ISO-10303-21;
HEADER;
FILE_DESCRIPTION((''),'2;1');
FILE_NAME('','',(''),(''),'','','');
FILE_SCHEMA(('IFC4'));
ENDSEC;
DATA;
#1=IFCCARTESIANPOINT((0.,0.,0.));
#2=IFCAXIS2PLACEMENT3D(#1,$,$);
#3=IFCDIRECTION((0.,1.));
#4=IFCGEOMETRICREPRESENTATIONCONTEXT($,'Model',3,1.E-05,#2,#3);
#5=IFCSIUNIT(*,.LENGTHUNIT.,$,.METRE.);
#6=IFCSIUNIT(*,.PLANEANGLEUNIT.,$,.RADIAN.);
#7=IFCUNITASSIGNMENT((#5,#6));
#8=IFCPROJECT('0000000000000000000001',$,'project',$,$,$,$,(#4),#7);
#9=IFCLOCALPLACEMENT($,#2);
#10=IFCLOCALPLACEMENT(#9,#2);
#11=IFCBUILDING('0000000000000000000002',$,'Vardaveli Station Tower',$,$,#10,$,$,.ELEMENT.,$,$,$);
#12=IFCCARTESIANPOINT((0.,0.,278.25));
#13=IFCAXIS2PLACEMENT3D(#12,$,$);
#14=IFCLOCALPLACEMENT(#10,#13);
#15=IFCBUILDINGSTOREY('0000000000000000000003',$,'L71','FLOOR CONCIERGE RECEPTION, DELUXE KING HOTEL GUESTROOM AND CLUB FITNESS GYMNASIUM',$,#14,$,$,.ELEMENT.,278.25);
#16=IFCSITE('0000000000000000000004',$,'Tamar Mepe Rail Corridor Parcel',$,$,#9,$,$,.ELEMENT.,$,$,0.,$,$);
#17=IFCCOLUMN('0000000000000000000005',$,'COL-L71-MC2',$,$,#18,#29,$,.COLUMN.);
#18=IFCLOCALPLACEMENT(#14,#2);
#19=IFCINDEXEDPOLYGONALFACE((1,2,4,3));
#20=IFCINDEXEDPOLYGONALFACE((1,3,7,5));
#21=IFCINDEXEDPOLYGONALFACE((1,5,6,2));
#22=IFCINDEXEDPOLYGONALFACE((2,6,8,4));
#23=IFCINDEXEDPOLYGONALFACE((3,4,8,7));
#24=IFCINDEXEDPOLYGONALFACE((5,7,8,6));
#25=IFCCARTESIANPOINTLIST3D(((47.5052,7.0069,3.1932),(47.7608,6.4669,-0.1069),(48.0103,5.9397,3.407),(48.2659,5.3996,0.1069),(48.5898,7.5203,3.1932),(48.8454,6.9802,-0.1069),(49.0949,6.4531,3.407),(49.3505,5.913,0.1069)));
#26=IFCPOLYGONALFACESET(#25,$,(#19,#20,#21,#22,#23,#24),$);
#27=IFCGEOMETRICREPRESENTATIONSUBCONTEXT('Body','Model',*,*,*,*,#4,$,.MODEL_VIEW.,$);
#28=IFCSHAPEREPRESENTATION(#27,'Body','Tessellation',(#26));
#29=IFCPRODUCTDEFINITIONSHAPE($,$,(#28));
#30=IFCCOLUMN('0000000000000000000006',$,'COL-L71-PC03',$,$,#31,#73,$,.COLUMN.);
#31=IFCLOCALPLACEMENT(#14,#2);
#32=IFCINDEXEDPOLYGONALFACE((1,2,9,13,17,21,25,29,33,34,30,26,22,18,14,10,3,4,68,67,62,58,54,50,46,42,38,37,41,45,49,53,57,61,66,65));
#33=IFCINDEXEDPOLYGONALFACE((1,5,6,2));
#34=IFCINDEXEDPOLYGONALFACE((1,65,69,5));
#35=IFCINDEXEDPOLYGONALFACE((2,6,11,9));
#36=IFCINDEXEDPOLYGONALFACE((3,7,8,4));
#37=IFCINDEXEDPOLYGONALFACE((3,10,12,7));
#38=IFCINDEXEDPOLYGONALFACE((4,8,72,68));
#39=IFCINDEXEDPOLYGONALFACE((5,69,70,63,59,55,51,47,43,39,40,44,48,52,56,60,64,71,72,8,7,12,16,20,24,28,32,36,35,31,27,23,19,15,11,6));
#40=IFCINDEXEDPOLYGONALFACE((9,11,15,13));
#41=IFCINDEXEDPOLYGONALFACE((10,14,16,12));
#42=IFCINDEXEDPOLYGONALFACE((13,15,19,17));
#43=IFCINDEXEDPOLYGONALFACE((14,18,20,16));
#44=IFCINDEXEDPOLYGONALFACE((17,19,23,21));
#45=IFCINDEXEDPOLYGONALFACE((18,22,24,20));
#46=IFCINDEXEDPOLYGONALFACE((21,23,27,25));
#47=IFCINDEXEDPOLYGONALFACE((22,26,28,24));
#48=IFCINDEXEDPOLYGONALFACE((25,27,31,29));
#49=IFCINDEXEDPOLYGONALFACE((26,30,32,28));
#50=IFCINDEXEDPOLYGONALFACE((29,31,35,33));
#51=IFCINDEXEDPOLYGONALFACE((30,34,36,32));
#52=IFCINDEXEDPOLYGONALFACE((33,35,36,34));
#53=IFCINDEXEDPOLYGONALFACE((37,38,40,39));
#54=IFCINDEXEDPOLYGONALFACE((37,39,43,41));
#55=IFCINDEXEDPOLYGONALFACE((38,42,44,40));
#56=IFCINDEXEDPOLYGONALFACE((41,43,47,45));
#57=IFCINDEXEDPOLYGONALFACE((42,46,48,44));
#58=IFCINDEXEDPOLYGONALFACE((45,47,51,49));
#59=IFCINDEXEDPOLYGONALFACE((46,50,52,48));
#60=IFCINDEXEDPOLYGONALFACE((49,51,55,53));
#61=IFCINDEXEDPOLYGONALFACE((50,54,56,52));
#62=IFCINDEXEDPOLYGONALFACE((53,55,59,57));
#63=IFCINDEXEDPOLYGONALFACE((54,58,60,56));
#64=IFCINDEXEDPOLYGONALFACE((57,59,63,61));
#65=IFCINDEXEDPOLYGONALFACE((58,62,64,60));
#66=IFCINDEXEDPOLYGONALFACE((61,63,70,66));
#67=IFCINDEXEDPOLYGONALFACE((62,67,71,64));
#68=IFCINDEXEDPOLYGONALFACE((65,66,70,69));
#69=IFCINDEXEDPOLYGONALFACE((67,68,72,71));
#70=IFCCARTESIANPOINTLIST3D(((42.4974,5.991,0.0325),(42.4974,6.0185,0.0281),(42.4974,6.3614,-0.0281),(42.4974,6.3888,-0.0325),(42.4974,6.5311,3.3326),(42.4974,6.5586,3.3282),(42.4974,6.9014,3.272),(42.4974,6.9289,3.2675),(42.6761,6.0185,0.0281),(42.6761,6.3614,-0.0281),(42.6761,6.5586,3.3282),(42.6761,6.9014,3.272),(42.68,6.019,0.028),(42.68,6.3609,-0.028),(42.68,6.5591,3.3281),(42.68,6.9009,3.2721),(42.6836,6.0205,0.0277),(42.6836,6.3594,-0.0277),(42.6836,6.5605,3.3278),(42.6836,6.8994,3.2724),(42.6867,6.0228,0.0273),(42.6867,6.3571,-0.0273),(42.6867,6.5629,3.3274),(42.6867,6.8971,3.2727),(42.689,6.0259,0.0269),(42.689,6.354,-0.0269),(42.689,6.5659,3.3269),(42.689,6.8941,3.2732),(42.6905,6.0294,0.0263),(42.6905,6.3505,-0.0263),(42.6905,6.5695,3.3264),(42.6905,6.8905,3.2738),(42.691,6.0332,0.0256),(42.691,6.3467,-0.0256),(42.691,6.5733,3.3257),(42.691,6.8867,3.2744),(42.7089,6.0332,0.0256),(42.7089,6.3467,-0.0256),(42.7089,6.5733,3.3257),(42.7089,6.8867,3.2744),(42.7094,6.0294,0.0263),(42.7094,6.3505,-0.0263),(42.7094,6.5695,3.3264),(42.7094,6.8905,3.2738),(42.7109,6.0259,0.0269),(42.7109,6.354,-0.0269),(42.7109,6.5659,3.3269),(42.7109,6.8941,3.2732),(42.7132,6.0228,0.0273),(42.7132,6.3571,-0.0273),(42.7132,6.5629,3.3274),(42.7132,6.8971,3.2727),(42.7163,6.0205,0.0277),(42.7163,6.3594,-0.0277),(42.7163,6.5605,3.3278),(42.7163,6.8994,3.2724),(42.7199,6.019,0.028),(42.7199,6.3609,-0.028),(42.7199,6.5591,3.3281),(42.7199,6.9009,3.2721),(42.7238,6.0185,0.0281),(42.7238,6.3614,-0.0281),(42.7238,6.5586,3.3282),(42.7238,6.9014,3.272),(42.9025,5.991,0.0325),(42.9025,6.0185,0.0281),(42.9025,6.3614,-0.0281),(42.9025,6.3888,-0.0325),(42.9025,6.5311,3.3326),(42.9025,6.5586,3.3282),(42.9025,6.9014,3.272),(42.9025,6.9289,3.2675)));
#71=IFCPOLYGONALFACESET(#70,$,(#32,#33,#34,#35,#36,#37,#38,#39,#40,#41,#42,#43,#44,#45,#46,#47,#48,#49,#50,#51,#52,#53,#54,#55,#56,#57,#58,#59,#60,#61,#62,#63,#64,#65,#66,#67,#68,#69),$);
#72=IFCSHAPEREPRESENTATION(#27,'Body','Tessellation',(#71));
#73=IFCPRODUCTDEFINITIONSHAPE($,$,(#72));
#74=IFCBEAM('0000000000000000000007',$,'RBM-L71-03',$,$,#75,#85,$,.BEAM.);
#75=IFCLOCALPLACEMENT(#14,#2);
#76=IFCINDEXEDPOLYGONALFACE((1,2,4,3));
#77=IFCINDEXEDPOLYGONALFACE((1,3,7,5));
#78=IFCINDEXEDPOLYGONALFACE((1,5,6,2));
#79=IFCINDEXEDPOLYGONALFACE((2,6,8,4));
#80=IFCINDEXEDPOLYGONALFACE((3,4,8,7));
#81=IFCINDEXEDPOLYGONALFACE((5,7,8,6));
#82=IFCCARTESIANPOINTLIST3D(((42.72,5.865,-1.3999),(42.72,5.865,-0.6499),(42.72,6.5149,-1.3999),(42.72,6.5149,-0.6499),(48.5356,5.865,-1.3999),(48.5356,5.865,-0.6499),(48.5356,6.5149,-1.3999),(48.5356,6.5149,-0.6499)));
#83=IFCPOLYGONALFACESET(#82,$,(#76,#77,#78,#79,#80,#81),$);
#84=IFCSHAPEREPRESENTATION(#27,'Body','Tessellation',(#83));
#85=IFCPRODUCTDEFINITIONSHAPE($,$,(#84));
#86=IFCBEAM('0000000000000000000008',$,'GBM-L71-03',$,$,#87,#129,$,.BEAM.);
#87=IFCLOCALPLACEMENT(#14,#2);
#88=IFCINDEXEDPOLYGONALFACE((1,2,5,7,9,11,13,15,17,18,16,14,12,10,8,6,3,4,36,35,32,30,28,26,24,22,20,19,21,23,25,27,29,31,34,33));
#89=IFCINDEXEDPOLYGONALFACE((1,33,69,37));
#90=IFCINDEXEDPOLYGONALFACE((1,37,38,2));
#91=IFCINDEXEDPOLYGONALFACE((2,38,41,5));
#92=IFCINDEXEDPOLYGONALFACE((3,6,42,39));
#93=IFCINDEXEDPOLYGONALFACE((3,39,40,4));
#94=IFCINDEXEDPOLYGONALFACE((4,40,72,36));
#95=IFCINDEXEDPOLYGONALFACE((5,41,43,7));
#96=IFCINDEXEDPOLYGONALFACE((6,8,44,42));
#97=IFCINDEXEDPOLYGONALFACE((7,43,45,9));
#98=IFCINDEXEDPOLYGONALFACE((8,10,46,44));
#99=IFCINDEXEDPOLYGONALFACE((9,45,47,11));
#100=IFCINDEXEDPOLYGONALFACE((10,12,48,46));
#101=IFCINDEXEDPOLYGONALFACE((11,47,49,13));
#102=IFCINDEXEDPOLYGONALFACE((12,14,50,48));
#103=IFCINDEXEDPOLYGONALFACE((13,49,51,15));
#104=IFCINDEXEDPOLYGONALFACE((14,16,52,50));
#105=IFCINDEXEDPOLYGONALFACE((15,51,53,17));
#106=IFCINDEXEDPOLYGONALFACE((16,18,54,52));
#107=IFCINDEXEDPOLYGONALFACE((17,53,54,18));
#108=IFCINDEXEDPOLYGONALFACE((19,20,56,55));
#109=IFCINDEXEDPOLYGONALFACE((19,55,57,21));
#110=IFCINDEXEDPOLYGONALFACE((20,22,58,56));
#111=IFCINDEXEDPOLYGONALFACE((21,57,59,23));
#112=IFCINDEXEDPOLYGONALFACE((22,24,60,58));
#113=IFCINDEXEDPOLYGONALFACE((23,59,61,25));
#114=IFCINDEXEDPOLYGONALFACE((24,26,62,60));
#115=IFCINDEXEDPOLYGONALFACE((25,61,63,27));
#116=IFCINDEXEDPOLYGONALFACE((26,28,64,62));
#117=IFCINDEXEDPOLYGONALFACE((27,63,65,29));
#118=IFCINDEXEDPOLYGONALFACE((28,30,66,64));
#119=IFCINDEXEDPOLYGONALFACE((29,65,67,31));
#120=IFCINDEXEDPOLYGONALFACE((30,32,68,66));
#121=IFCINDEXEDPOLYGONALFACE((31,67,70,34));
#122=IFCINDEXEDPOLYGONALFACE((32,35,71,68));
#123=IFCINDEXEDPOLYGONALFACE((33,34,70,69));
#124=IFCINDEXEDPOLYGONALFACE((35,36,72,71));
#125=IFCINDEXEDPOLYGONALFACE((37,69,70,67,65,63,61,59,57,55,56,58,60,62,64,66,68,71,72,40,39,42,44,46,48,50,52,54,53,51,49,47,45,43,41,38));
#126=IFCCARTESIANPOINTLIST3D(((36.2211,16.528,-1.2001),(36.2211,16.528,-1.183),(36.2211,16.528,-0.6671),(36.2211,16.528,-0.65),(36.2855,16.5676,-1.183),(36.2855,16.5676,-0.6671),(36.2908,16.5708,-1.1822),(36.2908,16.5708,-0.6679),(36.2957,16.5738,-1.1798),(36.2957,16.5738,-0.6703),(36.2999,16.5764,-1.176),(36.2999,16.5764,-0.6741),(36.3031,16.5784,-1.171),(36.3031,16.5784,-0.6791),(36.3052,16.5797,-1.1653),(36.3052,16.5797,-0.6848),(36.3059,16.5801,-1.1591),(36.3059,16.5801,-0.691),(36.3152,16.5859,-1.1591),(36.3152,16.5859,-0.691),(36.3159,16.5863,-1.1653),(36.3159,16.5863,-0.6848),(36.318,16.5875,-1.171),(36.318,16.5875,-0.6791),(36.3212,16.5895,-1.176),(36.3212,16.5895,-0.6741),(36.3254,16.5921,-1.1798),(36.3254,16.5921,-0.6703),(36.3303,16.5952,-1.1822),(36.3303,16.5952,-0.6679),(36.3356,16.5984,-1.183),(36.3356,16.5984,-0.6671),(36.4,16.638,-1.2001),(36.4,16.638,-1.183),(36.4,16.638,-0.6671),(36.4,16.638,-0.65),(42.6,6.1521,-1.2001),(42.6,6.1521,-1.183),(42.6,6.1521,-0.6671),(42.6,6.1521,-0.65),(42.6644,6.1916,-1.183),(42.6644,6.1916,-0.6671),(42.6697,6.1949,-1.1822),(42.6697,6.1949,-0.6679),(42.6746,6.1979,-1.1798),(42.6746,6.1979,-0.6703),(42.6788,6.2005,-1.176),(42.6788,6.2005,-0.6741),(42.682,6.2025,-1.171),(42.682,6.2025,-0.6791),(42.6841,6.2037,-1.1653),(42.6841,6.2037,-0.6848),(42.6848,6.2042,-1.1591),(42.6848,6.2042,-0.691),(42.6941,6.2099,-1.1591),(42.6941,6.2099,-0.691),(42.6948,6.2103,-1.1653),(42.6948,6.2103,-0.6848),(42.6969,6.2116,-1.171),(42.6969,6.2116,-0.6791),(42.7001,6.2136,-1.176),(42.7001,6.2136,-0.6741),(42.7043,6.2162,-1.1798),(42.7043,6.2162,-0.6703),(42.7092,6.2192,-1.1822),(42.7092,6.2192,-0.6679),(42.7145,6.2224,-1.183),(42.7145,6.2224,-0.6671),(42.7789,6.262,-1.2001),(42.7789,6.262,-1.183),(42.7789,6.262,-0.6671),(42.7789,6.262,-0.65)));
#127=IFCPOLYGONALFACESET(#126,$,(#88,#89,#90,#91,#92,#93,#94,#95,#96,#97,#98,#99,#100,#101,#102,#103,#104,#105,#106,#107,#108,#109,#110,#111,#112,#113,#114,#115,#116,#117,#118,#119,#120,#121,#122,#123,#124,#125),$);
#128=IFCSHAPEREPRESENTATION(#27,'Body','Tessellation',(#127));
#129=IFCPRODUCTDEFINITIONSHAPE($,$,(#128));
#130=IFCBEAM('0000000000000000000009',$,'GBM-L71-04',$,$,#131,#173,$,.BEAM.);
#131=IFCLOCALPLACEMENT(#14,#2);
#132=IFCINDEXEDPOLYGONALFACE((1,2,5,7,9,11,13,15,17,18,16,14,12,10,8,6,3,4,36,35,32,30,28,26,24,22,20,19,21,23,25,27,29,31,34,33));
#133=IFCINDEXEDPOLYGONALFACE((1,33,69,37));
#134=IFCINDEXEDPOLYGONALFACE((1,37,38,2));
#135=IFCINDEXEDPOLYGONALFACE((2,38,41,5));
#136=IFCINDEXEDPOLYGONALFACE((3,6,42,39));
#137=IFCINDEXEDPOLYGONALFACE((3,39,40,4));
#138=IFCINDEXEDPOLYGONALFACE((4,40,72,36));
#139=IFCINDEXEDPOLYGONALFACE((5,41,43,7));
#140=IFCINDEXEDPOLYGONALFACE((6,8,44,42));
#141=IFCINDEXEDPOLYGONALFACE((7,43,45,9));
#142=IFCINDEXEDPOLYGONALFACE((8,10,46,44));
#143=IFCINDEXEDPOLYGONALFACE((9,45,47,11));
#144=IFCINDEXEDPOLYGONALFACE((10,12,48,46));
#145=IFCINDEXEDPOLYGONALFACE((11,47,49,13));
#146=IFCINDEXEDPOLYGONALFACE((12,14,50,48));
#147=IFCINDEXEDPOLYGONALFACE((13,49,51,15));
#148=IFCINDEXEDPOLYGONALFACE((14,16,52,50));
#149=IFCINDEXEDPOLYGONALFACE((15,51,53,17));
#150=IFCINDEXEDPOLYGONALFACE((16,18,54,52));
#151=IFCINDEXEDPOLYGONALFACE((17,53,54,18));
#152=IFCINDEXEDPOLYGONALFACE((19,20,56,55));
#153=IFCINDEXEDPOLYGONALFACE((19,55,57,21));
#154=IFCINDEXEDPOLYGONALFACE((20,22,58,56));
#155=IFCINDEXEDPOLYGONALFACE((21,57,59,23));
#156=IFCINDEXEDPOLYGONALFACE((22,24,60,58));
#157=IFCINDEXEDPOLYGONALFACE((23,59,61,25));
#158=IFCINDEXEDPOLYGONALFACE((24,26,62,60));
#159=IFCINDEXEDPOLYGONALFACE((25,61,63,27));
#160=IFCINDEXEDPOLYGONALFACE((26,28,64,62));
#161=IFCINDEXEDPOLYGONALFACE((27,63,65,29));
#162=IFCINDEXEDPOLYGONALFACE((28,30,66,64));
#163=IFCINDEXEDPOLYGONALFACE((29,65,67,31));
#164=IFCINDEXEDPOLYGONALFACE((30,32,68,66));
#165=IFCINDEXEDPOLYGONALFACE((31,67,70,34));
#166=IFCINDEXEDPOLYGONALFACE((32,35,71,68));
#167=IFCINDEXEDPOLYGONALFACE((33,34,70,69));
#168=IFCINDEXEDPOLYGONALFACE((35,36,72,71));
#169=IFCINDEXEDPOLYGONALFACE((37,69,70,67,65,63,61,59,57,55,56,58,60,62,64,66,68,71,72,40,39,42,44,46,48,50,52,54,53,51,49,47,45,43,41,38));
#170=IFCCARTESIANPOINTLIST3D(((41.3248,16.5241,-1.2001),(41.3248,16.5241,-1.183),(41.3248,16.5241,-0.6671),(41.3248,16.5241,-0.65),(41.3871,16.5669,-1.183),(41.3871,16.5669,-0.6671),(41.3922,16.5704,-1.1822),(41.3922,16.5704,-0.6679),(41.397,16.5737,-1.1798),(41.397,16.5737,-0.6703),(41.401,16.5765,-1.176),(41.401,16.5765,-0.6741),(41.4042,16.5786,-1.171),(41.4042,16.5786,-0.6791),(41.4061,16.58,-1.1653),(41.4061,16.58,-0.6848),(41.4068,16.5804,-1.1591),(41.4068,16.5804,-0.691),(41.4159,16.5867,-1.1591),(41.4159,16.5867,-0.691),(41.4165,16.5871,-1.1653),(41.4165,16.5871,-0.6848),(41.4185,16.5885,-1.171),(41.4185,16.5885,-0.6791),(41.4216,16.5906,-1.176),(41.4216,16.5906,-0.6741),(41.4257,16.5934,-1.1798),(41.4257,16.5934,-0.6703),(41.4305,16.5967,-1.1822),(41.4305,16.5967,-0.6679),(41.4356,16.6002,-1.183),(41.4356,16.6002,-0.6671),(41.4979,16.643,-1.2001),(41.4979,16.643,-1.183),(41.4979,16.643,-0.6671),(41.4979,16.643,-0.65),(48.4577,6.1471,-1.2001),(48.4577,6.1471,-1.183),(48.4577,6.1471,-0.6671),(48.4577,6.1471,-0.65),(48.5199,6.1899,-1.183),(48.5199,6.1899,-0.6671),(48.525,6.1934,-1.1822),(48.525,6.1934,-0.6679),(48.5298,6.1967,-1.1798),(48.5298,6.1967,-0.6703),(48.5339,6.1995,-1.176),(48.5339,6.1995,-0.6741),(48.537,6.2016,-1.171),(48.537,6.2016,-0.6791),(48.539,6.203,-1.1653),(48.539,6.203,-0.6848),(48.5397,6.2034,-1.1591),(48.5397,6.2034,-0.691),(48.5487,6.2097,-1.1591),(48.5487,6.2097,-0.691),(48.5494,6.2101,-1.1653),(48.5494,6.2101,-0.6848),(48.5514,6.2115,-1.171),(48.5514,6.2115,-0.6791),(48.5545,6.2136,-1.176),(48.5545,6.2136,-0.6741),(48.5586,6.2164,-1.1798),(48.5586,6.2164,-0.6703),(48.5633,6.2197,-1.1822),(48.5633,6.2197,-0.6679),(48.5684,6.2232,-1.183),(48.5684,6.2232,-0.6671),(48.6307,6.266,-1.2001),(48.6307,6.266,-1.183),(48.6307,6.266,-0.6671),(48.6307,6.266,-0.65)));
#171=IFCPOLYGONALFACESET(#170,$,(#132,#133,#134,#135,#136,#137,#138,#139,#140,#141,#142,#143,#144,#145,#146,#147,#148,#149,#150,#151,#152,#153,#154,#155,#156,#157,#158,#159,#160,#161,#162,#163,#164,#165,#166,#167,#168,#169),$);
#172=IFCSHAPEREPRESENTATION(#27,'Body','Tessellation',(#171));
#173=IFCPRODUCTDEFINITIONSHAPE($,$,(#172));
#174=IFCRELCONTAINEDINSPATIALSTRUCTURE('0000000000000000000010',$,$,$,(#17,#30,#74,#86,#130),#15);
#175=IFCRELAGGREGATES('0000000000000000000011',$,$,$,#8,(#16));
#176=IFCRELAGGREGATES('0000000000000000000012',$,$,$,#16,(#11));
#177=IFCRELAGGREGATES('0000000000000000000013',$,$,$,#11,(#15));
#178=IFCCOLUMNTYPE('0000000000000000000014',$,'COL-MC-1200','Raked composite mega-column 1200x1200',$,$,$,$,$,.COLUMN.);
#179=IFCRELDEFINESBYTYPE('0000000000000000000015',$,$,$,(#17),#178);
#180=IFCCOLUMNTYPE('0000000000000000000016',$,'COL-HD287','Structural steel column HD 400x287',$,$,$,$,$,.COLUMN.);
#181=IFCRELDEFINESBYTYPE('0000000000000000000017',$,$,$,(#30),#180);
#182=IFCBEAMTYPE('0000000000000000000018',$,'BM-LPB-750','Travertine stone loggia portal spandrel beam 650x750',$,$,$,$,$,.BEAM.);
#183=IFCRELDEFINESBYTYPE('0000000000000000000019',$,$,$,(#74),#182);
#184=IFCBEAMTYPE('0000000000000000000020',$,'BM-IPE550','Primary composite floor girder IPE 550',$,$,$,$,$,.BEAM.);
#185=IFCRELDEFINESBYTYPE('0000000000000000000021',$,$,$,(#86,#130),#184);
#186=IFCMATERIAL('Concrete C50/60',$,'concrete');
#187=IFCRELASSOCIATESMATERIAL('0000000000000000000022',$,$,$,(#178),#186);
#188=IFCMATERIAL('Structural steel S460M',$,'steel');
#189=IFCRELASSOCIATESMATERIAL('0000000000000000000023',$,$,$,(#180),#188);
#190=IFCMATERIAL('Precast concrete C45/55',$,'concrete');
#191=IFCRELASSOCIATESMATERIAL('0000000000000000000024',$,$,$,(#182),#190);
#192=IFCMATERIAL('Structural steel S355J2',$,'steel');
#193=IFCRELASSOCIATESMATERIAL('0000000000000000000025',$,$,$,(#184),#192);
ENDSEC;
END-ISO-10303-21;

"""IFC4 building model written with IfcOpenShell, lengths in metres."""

from ifc_helpers import new_model, si_unit, direction, frame, origin, origin_2d, place, context, subcontext, project, spatial, rectangle, i_section, extrude, source, transform, mapped, material, material_profile, profile_set, type_object, element, save


model = new_model("IFC4")

# Units and contexts
model_context = context("Model", 3, precision=1e-05, world=origin(), true_north=direction((0.0, 1.0)))
body_context = subcontext(model_context, "Body", "Model", "MODEL_VIEW")
ifc_project = project(units=[si_unit("LENGTHUNIT", "METRE"), si_unit("PLANEANGLEUNIT", "RADIAN")], contexts=[model_context])

# Site, building, storey
site_placement = place(None, origin())
site = spatial("IfcSite", under=ifc_project, at=site_placement, Name="Tamar Mepe Rail Corridor Parcel", CompositionType="ELEMENT", RefElevation=0.0)
building_placement = place(site_placement, origin())
building = spatial("IfcBuilding", under=site, at=building_placement, Name="Vardaveli Station Tower", CompositionType="ELEMENT")
storey_placement = place(building_placement, frame((0.0, 0.0, 278.25)))
storey = spatial("IfcBuildingStorey", under=building, at=storey_placement, Name="L71", Description="FLOOR CONCIERGE RECEPTION, DELUXE KING HOTEL GUESTROOM AND CLUB FITNESS GYMNASIUM", CompositionType="ELEMENT", Elevation=278.25)

# Columns
ifc_material_1 = material(Name="Concrete C50/60", Category="concrete")
ifc_material_profile_1 = material_profile(ifc_material_1, rectangle(XDim=1.2, YDim=1.2, at=origin_2d()), Name="MC 1200x1200")
ifc_profile_set_1 = profile_set([ifc_material_profile_1], Name="Concrete C50/60")
column_type_1 = type_object("IfcColumnType", Name="COL-MC-1200", Description="Raked composite mega-column 1200x1200", PredefinedType="COLUMN", material=ifc_profile_set_1)
shared_shape_1 = source(origin(), body_context, "Body", "SweptSolid", [
    extrude(rectangle(XDim=1.2, YDim=1.2, at=origin_2d()), origin(), (0.0, 0.0, 1.0), 3.3538),
])
column_1_placement = place(storey_placement, frame((48.5557, 6.1899, 0.0), z_axis=(-0.076219, 0.161028, 0.984002), x_axis=(-0.903863, -0.427823, 0.0)))
element("IfcColumn", 1, at=column_1_placement, inside=storey, type_object=column_type_1, Name="COL-L71-MC2", PredefinedType="COLUMN", context=body_context, shape_type="MappedRepresentation", body=[
    mapped(shared_shape_1, transform((0.0, 0.0, 0.0), scale=1.0)),
])
ifc_material_2 = material(Name="Structural steel S460M", Category="steel")
ifc_material_profile_2 = material_profile(ifc_material_2, i_section(OverallWidth=0.405, OverallDepth=0.4031, WebThickness=0.0178, FlangeThickness=0.0278, FilletRadius=0.0149, at=origin_2d()), Name="HD 400x287")
ifc_profile_set_2 = profile_set([ifc_material_profile_2], Name="Structural steel S460M")
column_type_2 = type_object("IfcColumnType", Name="COL-HD287", Description="Structural steel column HD 400x287", PredefinedType="COLUMN", material=ifc_profile_set_2)
shared_shape_2 = source(origin(), body_context, "Body", "SweptSolid", [
    extrude(i_section(OverallWidth=0.405, OverallDepth=0.4031, WebThickness=0.0178, FlangeThickness=0.0278, FilletRadius=0.0149, at=origin_2d()), origin(), (0.0, 0.0, 1.0), 3.344),
])
column_2_placement = place(storey_placement, frame((42.7, 6.1899, 0.0), z_axis=(0.0, 0.161498, 0.986873), x_axis=(-1.0, 0.0, 0.0)))
element("IfcColumn", 2, at=column_2_placement, inside=storey, type_object=column_type_2, Name="COL-L71-PC03", PredefinedType="COLUMN", context=body_context, shape_type="MappedRepresentation", body=[
    mapped(shared_shape_2, transform((0.0, 0.0, 0.0), scale=1.0)),
])

# Beams
ifc_material_3 = material(Name="Precast concrete C45/55", Category="concrete")
ifc_material_profile_3 = material_profile(ifc_material_3, rectangle(XDim=0.6499, YDim=0.75, at=origin_2d()), Name="LPB 650x750")
ifc_profile_set_3 = profile_set([ifc_material_profile_3], Name="Precast concrete C45/55")
beam_type_1 = type_object("IfcBeamType", Name="BM-LPB-750", Description="Travertine stone loggia portal spandrel beam 650x750", PredefinedType="BEAM", material=ifc_profile_set_3)
shared_shape_3 = source(origin(), body_context, "Body", "SweptSolid", [
    extrude(rectangle(XDim=0.6499, YDim=0.75, at=origin_2d()), origin(), (0.0, 0.0, 1.0), 5.8157),
])
beam_1_placement = place(storey_placement, frame((42.72, 6.1899, -1.0249), z_axis=(1.0, 0.0, 0.0), x_axis=(0.0, 1.0, 0.0)))
element("IfcBeam", 3, at=beam_1_placement, inside=storey, type_object=beam_type_1, Name="RBM-L71-03", PredefinedType="BEAM", context=body_context, shape_type="MappedRepresentation", body=[
    mapped(shared_shape_3, transform((0.0, 0.0, 0.0), scale=1.0)),
])
ifc_material_4 = material(Name="Structural steel S355J2", Category="steel")
ifc_material_profile_4 = material_profile(ifc_material_4, i_section(OverallWidth=0.21, OverallDepth=0.55, WebThickness=0.011, FlangeThickness=0.0171, FilletRadius=0.0239, at=origin_2d()), Name="IPE 550")
ifc_profile_set_4 = profile_set([ifc_material_profile_4], Name="Structural steel S355J2")
beam_type_2 = type_object("IfcBeamType", Name="BM-IPE550", Description="Primary composite floor girder IPE 550", PredefinedType="BEAM", material=ifc_profile_set_4)
shared_shape_4 = source(origin(), body_context, "Body", "SweptSolid", [
    extrude(i_section(OverallWidth=0.21, OverallDepth=0.55, WebThickness=0.011, FlangeThickness=0.0171, FilletRadius=0.0239, at=origin_2d()), origin(), (0.0, 0.0, 1.0), 12.1799),
])
beam_2_placement = place(storey_placement, frame((42.6895, 6.207, -0.925), z_axis=(-0.523722, 0.851889, 0.0), x_axis=(-0.851889, -0.523722, 0.0)))
element("IfcBeam", 4, at=beam_2_placement, inside=storey, type_object=beam_type_2, Name="GBM-L71-03", PredefinedType="BEAM", context=body_context, shape_type="MappedRepresentation", body=[
    mapped(shared_shape_4, transform((0.0, 0.0, 0.0), scale=1.0)),
])
shared_shape_5 = source(origin(), body_context, "Body", "SweptSolid", [
    extrude(i_section(OverallWidth=0.21, OverallDepth=0.55, WebThickness=0.011, FlangeThickness=0.0171, FilletRadius=0.0239, at=origin_2d()), origin(), (0.0, 0.0, 1.0), 12.592),
])
beam_3_placement = place(storey_placement, frame((48.5442, 6.2065, -0.925), z_axis=(-0.566456, 0.824092, 0.0), x_axis=(-0.824092, -0.566456, 0.0)))
element("IfcBeam", 5, at=beam_3_placement, inside=storey, type_object=beam_type_2, Name="GBM-L71-04", PredefinedType="BEAM", context=body_context, shape_type="MappedRepresentation", body=[
    mapped(shared_shape_5, transform((0.0, 0.0, 0.0), scale=1.0)),
])

save(model, "model.ifc")
